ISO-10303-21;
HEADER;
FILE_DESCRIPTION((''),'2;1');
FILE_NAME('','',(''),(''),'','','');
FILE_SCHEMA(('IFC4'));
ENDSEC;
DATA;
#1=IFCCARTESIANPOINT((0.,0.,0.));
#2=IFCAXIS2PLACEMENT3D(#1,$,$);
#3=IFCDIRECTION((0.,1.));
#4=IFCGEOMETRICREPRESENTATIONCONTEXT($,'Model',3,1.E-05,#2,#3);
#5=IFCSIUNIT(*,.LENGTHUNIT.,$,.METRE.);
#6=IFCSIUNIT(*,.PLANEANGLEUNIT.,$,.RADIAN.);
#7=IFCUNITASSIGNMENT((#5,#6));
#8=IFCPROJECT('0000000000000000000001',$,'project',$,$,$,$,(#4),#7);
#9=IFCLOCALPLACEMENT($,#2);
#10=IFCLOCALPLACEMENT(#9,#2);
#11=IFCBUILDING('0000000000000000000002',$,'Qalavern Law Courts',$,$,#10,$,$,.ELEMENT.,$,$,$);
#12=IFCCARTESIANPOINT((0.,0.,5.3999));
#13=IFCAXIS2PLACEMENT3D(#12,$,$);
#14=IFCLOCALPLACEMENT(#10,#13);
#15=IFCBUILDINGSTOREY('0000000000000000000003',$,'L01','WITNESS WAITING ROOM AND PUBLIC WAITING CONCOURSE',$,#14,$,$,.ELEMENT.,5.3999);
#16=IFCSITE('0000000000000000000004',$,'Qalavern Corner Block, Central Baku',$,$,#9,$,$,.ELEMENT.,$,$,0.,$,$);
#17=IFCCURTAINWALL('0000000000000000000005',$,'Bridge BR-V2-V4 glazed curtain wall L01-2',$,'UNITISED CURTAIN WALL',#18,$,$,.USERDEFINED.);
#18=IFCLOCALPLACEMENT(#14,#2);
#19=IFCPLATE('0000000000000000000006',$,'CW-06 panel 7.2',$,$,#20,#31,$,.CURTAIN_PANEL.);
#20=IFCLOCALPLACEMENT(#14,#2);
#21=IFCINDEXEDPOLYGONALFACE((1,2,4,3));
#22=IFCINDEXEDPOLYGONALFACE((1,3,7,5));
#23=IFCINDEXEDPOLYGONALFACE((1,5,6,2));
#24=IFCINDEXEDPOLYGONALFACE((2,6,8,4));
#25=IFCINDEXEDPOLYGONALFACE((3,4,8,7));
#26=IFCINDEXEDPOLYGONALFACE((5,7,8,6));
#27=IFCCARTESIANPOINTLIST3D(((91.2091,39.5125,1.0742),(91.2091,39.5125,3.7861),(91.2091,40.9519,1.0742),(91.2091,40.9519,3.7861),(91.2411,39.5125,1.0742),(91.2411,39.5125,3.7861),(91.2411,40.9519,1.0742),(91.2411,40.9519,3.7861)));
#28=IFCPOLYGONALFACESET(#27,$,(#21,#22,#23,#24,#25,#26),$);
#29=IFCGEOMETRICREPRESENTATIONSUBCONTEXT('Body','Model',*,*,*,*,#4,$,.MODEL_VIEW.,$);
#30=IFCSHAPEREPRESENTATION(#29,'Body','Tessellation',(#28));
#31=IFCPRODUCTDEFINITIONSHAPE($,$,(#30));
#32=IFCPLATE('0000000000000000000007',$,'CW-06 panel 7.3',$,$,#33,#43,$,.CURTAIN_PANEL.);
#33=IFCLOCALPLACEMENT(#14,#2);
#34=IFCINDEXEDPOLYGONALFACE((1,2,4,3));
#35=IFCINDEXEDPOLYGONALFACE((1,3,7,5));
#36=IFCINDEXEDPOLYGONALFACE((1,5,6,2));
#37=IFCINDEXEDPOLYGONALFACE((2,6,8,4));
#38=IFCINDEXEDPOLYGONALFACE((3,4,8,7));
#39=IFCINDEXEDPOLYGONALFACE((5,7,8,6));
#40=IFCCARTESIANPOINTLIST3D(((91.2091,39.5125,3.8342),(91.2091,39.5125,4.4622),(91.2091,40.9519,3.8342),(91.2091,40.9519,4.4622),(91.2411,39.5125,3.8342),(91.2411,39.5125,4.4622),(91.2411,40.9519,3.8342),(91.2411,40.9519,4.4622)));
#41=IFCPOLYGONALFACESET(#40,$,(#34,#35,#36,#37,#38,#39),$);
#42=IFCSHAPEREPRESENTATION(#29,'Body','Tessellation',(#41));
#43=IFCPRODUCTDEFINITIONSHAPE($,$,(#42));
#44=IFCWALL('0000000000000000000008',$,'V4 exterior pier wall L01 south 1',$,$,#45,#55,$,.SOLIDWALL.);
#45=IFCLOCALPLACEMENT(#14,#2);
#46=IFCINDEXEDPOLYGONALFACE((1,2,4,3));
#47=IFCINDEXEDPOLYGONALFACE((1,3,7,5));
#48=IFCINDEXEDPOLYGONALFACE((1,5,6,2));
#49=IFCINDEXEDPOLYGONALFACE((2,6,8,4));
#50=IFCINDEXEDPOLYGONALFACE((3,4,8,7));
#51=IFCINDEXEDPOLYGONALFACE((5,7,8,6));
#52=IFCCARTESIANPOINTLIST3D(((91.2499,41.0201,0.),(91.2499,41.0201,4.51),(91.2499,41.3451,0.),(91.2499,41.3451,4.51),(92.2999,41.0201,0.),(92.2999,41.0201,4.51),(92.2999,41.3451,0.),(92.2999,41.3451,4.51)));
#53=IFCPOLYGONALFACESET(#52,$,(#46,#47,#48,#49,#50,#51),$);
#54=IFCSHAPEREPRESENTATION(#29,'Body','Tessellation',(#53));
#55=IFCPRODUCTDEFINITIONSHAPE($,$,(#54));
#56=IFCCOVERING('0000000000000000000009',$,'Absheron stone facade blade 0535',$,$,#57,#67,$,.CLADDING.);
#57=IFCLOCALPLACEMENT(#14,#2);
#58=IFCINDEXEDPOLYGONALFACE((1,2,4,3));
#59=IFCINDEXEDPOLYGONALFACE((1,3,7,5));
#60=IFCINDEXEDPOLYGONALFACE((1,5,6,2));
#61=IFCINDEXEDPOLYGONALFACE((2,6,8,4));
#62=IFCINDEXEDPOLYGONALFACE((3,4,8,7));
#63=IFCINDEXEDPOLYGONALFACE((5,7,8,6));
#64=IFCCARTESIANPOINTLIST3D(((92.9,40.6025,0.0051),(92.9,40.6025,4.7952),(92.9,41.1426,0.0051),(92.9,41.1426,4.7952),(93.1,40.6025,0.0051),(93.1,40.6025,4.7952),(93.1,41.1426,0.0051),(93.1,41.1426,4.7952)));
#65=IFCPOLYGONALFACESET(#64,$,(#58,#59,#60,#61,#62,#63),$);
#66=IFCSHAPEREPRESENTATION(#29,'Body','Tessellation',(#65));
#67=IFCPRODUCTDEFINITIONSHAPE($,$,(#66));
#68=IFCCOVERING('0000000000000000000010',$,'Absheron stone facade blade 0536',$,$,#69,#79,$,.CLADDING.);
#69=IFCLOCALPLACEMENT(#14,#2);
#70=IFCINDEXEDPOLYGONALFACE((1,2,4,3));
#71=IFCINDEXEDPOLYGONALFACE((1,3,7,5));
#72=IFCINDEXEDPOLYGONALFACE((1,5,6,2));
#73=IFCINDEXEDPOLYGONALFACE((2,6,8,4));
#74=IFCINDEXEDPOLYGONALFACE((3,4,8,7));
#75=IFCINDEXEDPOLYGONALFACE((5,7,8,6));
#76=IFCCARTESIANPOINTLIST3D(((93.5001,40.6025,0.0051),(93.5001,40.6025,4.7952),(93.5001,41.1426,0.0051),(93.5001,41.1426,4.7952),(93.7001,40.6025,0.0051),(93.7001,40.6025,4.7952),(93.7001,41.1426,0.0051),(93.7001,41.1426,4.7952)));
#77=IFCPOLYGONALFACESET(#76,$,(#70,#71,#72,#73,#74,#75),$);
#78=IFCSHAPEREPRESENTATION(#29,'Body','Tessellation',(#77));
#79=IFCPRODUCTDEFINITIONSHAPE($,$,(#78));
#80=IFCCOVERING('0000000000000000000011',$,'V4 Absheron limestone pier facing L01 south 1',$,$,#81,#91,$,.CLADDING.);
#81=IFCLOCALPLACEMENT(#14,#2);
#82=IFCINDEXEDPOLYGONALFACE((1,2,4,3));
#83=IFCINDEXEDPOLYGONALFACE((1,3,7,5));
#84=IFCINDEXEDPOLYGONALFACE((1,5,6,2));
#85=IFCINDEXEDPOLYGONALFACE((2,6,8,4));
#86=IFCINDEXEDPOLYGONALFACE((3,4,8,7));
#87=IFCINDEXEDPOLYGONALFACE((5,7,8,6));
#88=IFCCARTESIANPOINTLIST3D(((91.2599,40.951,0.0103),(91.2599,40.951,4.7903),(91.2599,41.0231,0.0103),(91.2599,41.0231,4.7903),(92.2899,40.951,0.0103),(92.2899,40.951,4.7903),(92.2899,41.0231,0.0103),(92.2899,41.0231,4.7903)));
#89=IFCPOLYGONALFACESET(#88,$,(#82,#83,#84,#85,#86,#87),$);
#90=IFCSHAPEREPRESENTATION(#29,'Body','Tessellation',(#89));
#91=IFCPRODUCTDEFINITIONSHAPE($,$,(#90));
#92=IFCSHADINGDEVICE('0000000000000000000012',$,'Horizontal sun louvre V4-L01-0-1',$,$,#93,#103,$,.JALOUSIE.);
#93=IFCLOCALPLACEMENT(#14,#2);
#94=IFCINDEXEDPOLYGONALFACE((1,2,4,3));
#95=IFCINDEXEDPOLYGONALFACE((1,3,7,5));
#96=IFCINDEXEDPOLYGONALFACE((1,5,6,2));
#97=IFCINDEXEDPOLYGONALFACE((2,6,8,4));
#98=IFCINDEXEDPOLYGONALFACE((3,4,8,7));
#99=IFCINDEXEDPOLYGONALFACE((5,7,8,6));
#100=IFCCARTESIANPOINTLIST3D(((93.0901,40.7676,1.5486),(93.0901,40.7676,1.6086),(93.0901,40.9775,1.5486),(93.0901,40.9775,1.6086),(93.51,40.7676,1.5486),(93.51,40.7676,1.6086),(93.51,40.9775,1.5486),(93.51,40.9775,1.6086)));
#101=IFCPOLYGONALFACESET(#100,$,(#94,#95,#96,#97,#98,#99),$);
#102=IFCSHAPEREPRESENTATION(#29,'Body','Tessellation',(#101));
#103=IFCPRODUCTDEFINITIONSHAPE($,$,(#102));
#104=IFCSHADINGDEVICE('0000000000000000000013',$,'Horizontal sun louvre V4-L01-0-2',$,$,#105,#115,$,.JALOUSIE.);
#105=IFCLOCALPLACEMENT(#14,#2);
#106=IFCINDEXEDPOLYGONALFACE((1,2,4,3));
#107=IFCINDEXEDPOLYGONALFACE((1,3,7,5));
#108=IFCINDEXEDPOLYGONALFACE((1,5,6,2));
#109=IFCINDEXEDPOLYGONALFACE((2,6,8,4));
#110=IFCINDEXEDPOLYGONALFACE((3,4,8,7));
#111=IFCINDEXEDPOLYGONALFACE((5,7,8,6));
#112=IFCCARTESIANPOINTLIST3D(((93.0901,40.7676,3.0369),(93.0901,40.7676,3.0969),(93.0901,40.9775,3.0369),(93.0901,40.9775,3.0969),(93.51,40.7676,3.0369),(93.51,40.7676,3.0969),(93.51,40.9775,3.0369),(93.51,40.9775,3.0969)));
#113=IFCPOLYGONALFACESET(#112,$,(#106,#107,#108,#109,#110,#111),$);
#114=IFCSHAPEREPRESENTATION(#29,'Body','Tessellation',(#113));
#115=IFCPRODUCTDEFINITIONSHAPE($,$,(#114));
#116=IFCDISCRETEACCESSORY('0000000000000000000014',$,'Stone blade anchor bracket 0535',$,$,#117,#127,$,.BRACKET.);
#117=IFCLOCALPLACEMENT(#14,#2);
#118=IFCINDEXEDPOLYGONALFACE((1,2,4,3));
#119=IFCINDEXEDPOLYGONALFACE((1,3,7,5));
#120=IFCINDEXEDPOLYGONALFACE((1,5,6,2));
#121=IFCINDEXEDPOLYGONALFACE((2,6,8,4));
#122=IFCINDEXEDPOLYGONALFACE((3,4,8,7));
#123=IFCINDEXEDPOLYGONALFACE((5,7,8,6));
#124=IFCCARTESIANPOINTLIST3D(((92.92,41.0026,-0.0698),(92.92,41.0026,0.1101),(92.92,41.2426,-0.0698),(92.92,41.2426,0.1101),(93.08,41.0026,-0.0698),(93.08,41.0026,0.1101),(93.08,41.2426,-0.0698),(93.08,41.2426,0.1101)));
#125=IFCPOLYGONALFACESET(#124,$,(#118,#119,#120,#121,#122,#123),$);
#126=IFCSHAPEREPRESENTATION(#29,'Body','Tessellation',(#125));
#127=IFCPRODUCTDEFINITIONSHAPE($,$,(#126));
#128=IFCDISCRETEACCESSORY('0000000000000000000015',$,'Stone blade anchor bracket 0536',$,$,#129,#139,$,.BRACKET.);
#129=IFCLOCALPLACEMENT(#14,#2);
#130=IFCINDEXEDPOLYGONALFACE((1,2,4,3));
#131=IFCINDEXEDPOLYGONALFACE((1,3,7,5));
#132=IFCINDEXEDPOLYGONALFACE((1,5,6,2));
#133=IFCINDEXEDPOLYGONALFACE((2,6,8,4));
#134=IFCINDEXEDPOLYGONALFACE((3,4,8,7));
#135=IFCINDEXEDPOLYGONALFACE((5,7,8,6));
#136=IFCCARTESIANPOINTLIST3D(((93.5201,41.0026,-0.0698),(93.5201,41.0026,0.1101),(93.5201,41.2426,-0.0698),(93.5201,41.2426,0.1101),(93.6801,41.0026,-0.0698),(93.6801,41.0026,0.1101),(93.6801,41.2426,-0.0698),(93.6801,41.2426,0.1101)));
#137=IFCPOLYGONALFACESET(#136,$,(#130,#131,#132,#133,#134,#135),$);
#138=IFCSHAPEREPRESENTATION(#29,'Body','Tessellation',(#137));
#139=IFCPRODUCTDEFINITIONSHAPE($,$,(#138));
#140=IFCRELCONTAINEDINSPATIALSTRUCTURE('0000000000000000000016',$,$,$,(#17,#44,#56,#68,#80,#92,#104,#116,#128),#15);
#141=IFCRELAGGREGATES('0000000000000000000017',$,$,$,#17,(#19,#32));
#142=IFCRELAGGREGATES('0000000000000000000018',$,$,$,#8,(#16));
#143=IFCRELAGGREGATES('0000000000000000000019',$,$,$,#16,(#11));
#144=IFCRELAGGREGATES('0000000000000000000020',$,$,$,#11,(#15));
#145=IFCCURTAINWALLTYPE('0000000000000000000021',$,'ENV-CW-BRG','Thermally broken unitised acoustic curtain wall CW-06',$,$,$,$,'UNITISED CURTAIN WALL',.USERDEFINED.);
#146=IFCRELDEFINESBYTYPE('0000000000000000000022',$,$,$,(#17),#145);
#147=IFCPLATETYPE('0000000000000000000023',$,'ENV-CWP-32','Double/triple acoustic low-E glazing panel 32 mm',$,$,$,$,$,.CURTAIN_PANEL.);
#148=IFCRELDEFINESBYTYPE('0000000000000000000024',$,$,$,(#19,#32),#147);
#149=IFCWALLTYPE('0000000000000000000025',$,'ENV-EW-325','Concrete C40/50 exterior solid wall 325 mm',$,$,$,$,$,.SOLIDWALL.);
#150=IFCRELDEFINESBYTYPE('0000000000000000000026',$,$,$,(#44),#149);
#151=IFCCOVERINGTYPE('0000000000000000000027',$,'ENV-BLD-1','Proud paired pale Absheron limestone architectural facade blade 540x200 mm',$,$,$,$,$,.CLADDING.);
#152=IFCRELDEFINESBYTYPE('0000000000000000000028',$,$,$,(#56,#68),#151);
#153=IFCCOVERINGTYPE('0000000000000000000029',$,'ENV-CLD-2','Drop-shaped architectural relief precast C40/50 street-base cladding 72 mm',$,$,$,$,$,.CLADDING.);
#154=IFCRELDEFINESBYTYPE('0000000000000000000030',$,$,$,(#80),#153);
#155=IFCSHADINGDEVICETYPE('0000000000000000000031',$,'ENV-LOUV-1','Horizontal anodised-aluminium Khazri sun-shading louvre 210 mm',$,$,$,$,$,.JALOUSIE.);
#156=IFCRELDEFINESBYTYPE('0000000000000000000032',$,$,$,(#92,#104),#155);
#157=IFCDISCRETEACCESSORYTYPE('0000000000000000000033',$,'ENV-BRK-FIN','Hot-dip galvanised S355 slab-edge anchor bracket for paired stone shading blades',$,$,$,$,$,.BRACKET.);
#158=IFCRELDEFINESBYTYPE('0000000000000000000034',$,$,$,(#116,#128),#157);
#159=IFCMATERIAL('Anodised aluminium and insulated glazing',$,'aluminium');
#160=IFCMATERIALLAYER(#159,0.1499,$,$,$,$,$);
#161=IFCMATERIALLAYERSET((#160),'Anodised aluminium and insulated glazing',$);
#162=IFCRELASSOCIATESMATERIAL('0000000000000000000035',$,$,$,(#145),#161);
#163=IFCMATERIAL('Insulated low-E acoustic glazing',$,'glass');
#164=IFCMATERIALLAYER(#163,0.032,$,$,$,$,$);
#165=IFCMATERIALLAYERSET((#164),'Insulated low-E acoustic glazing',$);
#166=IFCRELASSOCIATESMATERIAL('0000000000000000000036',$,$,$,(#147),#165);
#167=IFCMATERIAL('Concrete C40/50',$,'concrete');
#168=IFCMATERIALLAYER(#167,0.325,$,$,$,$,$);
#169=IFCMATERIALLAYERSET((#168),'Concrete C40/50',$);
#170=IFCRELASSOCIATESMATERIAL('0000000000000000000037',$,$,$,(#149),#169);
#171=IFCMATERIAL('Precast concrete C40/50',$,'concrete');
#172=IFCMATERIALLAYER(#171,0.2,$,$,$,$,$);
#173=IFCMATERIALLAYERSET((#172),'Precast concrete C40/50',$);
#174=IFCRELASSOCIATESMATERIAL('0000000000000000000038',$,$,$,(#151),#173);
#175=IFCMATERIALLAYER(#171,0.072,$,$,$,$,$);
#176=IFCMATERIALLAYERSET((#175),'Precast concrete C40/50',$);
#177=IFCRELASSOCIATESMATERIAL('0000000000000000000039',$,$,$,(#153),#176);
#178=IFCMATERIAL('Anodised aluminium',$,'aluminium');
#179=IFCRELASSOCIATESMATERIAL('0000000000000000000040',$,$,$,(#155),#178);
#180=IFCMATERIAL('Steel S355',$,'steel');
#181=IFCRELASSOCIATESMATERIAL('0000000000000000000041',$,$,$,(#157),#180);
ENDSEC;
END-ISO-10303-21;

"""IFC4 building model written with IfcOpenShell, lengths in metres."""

from ifc_helpers import new_model, si_unit, direction, frame, frame_2d, origin, origin_2d, place, context, subcontext, project, spatial, rectangle, extrude, material, layer, layer_set, type_object, element, aggregate, save


model = new_model("IFC4")

# Units and contexts
model_context = context("Model", 3, precision=1e-05, world=origin(), true_north=direction((0.0, 1.0)))
body_context = subcontext(model_context, "Body", "Model", "MODEL_VIEW")
ifc_project = project(units=[si_unit("LENGTHUNIT", "METRE"), si_unit("PLANEANGLEUNIT", "RADIAN")], contexts=[model_context])

# Site, building, storey
site_placement = place(None, origin())
site = spatial("IfcSite", under=ifc_project, at=site_placement, Name="Qalavern Corner Block, Central Baku", CompositionType="ELEMENT", RefElevation=0.0)
building_placement = place(site_placement, origin())
building = spatial("IfcBuilding", under=site, at=building_placement, Name="Qalavern Law Courts", CompositionType="ELEMENT")
storey_placement = place(building_placement, frame((0.0, 0.0, 5.3999)))
storey = spatial("IfcBuildingStorey", under=building, at=storey_placement, Name="L01", Description="WITNESS WAITING ROOM AND PUBLIC WAITING CONCOURSE", CompositionType="ELEMENT", Elevation=5.3999)

# Shared definitions
ifc_material_1 = material(Name="Anodised aluminium and insulated glazing", Category="aluminium")
ifc_material_2 = material(Name="Anodised aluminium", Category="aluminium")

# Curtain wall
ifc_layer_1 = layer(ifc_material_1, 0.1499)
ifc_layer_set_1 = layer_set([ifc_layer_1], Name="Anodised aluminium and insulated glazing")
curtain_wall_type_1 = type_object("IfcCurtainWallType", Name="ENV-CW-BRG", Description="Thermally broken unitised acoustic curtain wall CW-06", ElementType="UNITISED CURTAIN WALL", PredefinedType="USERDEFINED", material=ifc_layer_set_1)
curtain_wall_1_placement = place(storey_placement, origin())
curtain_wall_1 = element("IfcCurtainWall", 1, at=curtain_wall_1_placement, inside=storey, type_object=curtain_wall_type_1, Name="Bridge BR-V2-V4 glazed curtain wall L01-2", ObjectType="UNITISED CURTAIN WALL", PredefinedType="USERDEFINED")

# Plates
ifc_material_3 = material(Name="Insulated low-E acoustic glazing", Category="glass")
ifc_layer_2 = layer(ifc_material_3, 0.032)
ifc_layer_set_2 = layer_set([ifc_layer_2], Name="Insulated low-E acoustic glazing")
plate_type = type_object("IfcPlateType", Name="ENV-CWP-32", Description="Double/triple acoustic low-E glazing panel 32 mm", PredefinedType="CURTAIN_PANEL", material=ifc_layer_set_2)
plate_1_placement = place(storey_placement, frame((91.2251, 40.2322, 1.0742), z_axis=(0.0, 0.0, 1.0), x_axis=(0.0, 1.0, 0.0)))
plate_1 = element("IfcPlate", 2, at=plate_1_placement, type_object=plate_type, Name="CW-06 panel 7.2", PredefinedType="CURTAIN_PANEL", context=body_context, shape_type="SweptSolid", body=[
    extrude(rectangle(XDim=1.4395, YDim=0.032, at=origin_2d()), origin(), (0.0, 0.0, 1.0), 2.7119),
])
plate_2_placement = place(storey_placement, frame((91.2251, 40.2322, 3.8342), z_axis=(0.0, 0.0, 1.0), x_axis=(0.0, 1.0, 0.0)))
plate_2 = element("IfcPlate", 3, at=plate_2_placement, type_object=plate_type, Name="CW-06 panel 7.3", PredefinedType="CURTAIN_PANEL", context=body_context, shape_type="SweptSolid", body=[
    extrude(rectangle(XDim=1.4395, YDim=0.032, at=origin_2d()), origin(), (0.0, 0.0, 1.0), 0.6279),
])
aggregate(curtain_wall_1, [plate_1, plate_2])

# Wall
ifc_material_4 = material(Name="Concrete C40/50", Category="concrete")
ifc_layer_3 = layer(ifc_material_4, 0.325)
ifc_layer_set_3 = layer_set([ifc_layer_3], Name="Concrete C40/50")
wall_type = type_object("IfcWallType", Name="ENV-EW-325", Description="Concrete C40/50 exterior solid wall 325 mm", PredefinedType="SOLIDWALL", material=ifc_layer_set_3)
wall_placement = place(storey_placement, frame((91.25, 41.1826, 0.0), z_axis=(0.0, 0.0, 1.0), x_axis=(1.0, 0.0, 0.0)))
element("IfcWall", 4, at=wall_placement, inside=storey, type_object=wall_type, Name="V4 exterior pier wall L01 south 1", PredefinedType="SOLIDWALL", context=body_context, shape_type="SweptSolid", body=[
    extrude(rectangle(XDim=1.05, YDim=0.325, at=frame_2d((0.5249, 0.0))), origin(), (0.0, 0.0, 1.0), 4.51),
])

# Coverings
ifc_material_5 = material(Name="Precast concrete C40/50", Category="concrete")
ifc_layer_4 = layer(ifc_material_5, 0.2)
ifc_layer_set_4 = layer_set([ifc_layer_4], Name="Precast concrete C40/50")
covering_type_1 = type_object("IfcCoveringType", Name="ENV-BLD-1", Description="Proud paired pale Absheron limestone architectural facade blade 540x200 mm", PredefinedType="CLADDING", material=ifc_layer_set_4)
for number, where, z_axis, x_axis, name in (
    (5, (93.0, 40.8726, 0.0051), (0.0, 0.0, 1.0), (0.0, -1.0, 0.0), "Absheron stone facade blade 0535"),
    (6, (93.6001, 40.8726, 0.0051), (0.0, 0.0, 1.0), (0.0, -1.0, 0.0), "Absheron stone facade blade 0536"),
):
    element("IfcCovering", number, at=place(storey_placement, frame(where, z_axis=z_axis, x_axis=x_axis)), inside=storey, type_object=covering_type_1, Name=name, PredefinedType="CLADDING", context=body_context, shape_type="SweptSolid", body=[
        extrude(rectangle(XDim=0.54, YDim=0.2, at=origin_2d()), origin(), (0.0, 0.0, 1.0), 4.79),
    ])
ifc_layer_5 = layer(ifc_material_5, 0.072)
ifc_layer_set_5 = layer_set([ifc_layer_5], Name="Precast concrete C40/50")
covering_type_2 = type_object("IfcCoveringType", Name="ENV-CLD-2", Description="Drop-shaped architectural relief precast C40/50 street-base cladding 72 mm", PredefinedType="CLADDING", material=ifc_layer_set_5)
covering_placement = place(storey_placement, frame((91.7749, 40.9871, 0.0103), z_axis=(0.0, 0.0, 1.0), x_axis=(1.0, 0.0, 0.0)))
element("IfcCovering", 7, at=covering_placement, inside=storey, type_object=covering_type_2, Name="V4 Absheron limestone pier facing L01 south 1", PredefinedType="CLADDING", context=body_context, shape_type="SweptSolid", body=[
    extrude(rectangle(XDim=1.03, YDim=0.072, at=origin_2d()), origin(), (0.0, 0.0, 1.0), 4.78),
])

# Shading devices
shading_device_type = type_object("IfcShadingDeviceType", Name="ENV-LOUV-1", Description="Horizontal anodised-aluminium Khazri sun-shading louvre 210 mm", PredefinedType="JALOUSIE", material=ifc_material_2)
for number, where, z_axis, x_axis, name in (
    (8, (93.3, 40.8726, 1.5486), (0.0, 0.0, 1.0), (1.0, 0.0, 0.0), "Horizontal sun louvre V4-L01-0-1"),
    (9, (93.3, 40.8726, 3.0369), (0.0, 0.0, 1.0), (1.0, 0.0, 0.0), "Horizontal sun louvre V4-L01-0-2"),
):
    element("IfcShadingDevice", number, at=place(storey_placement, frame(where, z_axis=z_axis, x_axis=x_axis)), inside=storey, type_object=shading_device_type, Name=name, PredefinedType="JALOUSIE", context=body_context, shape_type="SweptSolid", body=[
        extrude(rectangle(XDim=0.4199, YDim=0.21, at=origin_2d()), origin(), (0.0, 0.0, 1.0), 0.0601),
    ])

# Discrete accessories
ifc_material_6 = material(Name="Steel S355", Category="steel")
discrete_accessory_type = type_object("IfcDiscreteAccessoryType", Name="ENV-BRK-FIN", Description="Hot-dip galvanised S355 slab-edge anchor bracket for paired stone shading blades", PredefinedType="BRACKET", material=ifc_material_6)
for number, where, z_axis, x_axis, name in (
    (10, (93.0, 41.1226, -0.0698), (0.0, 0.0, 1.0), (0.0, -1.0, 0.0), "Stone blade anchor bracket 0535"),
    (11, (93.6001, 41.1226, -0.0698), (0.0, 0.0, 1.0), (0.0, -1.0, 0.0), "Stone blade anchor bracket 0536"),
):
    element("IfcDiscreteAccessory", number, at=place(storey_placement, frame(where, z_axis=z_axis, x_axis=x_axis)), inside=storey, type_object=discrete_accessory_type, Name=name, PredefinedType="BRACKET", context=body_context, shape_type="SweptSolid", body=[
        extrude(rectangle(XDim=0.24, YDim=0.1599, at=origin_2d()), origin(), (0.0, 0.0, 1.0), 0.1799),
    ])

save(model, "model.ifc")
